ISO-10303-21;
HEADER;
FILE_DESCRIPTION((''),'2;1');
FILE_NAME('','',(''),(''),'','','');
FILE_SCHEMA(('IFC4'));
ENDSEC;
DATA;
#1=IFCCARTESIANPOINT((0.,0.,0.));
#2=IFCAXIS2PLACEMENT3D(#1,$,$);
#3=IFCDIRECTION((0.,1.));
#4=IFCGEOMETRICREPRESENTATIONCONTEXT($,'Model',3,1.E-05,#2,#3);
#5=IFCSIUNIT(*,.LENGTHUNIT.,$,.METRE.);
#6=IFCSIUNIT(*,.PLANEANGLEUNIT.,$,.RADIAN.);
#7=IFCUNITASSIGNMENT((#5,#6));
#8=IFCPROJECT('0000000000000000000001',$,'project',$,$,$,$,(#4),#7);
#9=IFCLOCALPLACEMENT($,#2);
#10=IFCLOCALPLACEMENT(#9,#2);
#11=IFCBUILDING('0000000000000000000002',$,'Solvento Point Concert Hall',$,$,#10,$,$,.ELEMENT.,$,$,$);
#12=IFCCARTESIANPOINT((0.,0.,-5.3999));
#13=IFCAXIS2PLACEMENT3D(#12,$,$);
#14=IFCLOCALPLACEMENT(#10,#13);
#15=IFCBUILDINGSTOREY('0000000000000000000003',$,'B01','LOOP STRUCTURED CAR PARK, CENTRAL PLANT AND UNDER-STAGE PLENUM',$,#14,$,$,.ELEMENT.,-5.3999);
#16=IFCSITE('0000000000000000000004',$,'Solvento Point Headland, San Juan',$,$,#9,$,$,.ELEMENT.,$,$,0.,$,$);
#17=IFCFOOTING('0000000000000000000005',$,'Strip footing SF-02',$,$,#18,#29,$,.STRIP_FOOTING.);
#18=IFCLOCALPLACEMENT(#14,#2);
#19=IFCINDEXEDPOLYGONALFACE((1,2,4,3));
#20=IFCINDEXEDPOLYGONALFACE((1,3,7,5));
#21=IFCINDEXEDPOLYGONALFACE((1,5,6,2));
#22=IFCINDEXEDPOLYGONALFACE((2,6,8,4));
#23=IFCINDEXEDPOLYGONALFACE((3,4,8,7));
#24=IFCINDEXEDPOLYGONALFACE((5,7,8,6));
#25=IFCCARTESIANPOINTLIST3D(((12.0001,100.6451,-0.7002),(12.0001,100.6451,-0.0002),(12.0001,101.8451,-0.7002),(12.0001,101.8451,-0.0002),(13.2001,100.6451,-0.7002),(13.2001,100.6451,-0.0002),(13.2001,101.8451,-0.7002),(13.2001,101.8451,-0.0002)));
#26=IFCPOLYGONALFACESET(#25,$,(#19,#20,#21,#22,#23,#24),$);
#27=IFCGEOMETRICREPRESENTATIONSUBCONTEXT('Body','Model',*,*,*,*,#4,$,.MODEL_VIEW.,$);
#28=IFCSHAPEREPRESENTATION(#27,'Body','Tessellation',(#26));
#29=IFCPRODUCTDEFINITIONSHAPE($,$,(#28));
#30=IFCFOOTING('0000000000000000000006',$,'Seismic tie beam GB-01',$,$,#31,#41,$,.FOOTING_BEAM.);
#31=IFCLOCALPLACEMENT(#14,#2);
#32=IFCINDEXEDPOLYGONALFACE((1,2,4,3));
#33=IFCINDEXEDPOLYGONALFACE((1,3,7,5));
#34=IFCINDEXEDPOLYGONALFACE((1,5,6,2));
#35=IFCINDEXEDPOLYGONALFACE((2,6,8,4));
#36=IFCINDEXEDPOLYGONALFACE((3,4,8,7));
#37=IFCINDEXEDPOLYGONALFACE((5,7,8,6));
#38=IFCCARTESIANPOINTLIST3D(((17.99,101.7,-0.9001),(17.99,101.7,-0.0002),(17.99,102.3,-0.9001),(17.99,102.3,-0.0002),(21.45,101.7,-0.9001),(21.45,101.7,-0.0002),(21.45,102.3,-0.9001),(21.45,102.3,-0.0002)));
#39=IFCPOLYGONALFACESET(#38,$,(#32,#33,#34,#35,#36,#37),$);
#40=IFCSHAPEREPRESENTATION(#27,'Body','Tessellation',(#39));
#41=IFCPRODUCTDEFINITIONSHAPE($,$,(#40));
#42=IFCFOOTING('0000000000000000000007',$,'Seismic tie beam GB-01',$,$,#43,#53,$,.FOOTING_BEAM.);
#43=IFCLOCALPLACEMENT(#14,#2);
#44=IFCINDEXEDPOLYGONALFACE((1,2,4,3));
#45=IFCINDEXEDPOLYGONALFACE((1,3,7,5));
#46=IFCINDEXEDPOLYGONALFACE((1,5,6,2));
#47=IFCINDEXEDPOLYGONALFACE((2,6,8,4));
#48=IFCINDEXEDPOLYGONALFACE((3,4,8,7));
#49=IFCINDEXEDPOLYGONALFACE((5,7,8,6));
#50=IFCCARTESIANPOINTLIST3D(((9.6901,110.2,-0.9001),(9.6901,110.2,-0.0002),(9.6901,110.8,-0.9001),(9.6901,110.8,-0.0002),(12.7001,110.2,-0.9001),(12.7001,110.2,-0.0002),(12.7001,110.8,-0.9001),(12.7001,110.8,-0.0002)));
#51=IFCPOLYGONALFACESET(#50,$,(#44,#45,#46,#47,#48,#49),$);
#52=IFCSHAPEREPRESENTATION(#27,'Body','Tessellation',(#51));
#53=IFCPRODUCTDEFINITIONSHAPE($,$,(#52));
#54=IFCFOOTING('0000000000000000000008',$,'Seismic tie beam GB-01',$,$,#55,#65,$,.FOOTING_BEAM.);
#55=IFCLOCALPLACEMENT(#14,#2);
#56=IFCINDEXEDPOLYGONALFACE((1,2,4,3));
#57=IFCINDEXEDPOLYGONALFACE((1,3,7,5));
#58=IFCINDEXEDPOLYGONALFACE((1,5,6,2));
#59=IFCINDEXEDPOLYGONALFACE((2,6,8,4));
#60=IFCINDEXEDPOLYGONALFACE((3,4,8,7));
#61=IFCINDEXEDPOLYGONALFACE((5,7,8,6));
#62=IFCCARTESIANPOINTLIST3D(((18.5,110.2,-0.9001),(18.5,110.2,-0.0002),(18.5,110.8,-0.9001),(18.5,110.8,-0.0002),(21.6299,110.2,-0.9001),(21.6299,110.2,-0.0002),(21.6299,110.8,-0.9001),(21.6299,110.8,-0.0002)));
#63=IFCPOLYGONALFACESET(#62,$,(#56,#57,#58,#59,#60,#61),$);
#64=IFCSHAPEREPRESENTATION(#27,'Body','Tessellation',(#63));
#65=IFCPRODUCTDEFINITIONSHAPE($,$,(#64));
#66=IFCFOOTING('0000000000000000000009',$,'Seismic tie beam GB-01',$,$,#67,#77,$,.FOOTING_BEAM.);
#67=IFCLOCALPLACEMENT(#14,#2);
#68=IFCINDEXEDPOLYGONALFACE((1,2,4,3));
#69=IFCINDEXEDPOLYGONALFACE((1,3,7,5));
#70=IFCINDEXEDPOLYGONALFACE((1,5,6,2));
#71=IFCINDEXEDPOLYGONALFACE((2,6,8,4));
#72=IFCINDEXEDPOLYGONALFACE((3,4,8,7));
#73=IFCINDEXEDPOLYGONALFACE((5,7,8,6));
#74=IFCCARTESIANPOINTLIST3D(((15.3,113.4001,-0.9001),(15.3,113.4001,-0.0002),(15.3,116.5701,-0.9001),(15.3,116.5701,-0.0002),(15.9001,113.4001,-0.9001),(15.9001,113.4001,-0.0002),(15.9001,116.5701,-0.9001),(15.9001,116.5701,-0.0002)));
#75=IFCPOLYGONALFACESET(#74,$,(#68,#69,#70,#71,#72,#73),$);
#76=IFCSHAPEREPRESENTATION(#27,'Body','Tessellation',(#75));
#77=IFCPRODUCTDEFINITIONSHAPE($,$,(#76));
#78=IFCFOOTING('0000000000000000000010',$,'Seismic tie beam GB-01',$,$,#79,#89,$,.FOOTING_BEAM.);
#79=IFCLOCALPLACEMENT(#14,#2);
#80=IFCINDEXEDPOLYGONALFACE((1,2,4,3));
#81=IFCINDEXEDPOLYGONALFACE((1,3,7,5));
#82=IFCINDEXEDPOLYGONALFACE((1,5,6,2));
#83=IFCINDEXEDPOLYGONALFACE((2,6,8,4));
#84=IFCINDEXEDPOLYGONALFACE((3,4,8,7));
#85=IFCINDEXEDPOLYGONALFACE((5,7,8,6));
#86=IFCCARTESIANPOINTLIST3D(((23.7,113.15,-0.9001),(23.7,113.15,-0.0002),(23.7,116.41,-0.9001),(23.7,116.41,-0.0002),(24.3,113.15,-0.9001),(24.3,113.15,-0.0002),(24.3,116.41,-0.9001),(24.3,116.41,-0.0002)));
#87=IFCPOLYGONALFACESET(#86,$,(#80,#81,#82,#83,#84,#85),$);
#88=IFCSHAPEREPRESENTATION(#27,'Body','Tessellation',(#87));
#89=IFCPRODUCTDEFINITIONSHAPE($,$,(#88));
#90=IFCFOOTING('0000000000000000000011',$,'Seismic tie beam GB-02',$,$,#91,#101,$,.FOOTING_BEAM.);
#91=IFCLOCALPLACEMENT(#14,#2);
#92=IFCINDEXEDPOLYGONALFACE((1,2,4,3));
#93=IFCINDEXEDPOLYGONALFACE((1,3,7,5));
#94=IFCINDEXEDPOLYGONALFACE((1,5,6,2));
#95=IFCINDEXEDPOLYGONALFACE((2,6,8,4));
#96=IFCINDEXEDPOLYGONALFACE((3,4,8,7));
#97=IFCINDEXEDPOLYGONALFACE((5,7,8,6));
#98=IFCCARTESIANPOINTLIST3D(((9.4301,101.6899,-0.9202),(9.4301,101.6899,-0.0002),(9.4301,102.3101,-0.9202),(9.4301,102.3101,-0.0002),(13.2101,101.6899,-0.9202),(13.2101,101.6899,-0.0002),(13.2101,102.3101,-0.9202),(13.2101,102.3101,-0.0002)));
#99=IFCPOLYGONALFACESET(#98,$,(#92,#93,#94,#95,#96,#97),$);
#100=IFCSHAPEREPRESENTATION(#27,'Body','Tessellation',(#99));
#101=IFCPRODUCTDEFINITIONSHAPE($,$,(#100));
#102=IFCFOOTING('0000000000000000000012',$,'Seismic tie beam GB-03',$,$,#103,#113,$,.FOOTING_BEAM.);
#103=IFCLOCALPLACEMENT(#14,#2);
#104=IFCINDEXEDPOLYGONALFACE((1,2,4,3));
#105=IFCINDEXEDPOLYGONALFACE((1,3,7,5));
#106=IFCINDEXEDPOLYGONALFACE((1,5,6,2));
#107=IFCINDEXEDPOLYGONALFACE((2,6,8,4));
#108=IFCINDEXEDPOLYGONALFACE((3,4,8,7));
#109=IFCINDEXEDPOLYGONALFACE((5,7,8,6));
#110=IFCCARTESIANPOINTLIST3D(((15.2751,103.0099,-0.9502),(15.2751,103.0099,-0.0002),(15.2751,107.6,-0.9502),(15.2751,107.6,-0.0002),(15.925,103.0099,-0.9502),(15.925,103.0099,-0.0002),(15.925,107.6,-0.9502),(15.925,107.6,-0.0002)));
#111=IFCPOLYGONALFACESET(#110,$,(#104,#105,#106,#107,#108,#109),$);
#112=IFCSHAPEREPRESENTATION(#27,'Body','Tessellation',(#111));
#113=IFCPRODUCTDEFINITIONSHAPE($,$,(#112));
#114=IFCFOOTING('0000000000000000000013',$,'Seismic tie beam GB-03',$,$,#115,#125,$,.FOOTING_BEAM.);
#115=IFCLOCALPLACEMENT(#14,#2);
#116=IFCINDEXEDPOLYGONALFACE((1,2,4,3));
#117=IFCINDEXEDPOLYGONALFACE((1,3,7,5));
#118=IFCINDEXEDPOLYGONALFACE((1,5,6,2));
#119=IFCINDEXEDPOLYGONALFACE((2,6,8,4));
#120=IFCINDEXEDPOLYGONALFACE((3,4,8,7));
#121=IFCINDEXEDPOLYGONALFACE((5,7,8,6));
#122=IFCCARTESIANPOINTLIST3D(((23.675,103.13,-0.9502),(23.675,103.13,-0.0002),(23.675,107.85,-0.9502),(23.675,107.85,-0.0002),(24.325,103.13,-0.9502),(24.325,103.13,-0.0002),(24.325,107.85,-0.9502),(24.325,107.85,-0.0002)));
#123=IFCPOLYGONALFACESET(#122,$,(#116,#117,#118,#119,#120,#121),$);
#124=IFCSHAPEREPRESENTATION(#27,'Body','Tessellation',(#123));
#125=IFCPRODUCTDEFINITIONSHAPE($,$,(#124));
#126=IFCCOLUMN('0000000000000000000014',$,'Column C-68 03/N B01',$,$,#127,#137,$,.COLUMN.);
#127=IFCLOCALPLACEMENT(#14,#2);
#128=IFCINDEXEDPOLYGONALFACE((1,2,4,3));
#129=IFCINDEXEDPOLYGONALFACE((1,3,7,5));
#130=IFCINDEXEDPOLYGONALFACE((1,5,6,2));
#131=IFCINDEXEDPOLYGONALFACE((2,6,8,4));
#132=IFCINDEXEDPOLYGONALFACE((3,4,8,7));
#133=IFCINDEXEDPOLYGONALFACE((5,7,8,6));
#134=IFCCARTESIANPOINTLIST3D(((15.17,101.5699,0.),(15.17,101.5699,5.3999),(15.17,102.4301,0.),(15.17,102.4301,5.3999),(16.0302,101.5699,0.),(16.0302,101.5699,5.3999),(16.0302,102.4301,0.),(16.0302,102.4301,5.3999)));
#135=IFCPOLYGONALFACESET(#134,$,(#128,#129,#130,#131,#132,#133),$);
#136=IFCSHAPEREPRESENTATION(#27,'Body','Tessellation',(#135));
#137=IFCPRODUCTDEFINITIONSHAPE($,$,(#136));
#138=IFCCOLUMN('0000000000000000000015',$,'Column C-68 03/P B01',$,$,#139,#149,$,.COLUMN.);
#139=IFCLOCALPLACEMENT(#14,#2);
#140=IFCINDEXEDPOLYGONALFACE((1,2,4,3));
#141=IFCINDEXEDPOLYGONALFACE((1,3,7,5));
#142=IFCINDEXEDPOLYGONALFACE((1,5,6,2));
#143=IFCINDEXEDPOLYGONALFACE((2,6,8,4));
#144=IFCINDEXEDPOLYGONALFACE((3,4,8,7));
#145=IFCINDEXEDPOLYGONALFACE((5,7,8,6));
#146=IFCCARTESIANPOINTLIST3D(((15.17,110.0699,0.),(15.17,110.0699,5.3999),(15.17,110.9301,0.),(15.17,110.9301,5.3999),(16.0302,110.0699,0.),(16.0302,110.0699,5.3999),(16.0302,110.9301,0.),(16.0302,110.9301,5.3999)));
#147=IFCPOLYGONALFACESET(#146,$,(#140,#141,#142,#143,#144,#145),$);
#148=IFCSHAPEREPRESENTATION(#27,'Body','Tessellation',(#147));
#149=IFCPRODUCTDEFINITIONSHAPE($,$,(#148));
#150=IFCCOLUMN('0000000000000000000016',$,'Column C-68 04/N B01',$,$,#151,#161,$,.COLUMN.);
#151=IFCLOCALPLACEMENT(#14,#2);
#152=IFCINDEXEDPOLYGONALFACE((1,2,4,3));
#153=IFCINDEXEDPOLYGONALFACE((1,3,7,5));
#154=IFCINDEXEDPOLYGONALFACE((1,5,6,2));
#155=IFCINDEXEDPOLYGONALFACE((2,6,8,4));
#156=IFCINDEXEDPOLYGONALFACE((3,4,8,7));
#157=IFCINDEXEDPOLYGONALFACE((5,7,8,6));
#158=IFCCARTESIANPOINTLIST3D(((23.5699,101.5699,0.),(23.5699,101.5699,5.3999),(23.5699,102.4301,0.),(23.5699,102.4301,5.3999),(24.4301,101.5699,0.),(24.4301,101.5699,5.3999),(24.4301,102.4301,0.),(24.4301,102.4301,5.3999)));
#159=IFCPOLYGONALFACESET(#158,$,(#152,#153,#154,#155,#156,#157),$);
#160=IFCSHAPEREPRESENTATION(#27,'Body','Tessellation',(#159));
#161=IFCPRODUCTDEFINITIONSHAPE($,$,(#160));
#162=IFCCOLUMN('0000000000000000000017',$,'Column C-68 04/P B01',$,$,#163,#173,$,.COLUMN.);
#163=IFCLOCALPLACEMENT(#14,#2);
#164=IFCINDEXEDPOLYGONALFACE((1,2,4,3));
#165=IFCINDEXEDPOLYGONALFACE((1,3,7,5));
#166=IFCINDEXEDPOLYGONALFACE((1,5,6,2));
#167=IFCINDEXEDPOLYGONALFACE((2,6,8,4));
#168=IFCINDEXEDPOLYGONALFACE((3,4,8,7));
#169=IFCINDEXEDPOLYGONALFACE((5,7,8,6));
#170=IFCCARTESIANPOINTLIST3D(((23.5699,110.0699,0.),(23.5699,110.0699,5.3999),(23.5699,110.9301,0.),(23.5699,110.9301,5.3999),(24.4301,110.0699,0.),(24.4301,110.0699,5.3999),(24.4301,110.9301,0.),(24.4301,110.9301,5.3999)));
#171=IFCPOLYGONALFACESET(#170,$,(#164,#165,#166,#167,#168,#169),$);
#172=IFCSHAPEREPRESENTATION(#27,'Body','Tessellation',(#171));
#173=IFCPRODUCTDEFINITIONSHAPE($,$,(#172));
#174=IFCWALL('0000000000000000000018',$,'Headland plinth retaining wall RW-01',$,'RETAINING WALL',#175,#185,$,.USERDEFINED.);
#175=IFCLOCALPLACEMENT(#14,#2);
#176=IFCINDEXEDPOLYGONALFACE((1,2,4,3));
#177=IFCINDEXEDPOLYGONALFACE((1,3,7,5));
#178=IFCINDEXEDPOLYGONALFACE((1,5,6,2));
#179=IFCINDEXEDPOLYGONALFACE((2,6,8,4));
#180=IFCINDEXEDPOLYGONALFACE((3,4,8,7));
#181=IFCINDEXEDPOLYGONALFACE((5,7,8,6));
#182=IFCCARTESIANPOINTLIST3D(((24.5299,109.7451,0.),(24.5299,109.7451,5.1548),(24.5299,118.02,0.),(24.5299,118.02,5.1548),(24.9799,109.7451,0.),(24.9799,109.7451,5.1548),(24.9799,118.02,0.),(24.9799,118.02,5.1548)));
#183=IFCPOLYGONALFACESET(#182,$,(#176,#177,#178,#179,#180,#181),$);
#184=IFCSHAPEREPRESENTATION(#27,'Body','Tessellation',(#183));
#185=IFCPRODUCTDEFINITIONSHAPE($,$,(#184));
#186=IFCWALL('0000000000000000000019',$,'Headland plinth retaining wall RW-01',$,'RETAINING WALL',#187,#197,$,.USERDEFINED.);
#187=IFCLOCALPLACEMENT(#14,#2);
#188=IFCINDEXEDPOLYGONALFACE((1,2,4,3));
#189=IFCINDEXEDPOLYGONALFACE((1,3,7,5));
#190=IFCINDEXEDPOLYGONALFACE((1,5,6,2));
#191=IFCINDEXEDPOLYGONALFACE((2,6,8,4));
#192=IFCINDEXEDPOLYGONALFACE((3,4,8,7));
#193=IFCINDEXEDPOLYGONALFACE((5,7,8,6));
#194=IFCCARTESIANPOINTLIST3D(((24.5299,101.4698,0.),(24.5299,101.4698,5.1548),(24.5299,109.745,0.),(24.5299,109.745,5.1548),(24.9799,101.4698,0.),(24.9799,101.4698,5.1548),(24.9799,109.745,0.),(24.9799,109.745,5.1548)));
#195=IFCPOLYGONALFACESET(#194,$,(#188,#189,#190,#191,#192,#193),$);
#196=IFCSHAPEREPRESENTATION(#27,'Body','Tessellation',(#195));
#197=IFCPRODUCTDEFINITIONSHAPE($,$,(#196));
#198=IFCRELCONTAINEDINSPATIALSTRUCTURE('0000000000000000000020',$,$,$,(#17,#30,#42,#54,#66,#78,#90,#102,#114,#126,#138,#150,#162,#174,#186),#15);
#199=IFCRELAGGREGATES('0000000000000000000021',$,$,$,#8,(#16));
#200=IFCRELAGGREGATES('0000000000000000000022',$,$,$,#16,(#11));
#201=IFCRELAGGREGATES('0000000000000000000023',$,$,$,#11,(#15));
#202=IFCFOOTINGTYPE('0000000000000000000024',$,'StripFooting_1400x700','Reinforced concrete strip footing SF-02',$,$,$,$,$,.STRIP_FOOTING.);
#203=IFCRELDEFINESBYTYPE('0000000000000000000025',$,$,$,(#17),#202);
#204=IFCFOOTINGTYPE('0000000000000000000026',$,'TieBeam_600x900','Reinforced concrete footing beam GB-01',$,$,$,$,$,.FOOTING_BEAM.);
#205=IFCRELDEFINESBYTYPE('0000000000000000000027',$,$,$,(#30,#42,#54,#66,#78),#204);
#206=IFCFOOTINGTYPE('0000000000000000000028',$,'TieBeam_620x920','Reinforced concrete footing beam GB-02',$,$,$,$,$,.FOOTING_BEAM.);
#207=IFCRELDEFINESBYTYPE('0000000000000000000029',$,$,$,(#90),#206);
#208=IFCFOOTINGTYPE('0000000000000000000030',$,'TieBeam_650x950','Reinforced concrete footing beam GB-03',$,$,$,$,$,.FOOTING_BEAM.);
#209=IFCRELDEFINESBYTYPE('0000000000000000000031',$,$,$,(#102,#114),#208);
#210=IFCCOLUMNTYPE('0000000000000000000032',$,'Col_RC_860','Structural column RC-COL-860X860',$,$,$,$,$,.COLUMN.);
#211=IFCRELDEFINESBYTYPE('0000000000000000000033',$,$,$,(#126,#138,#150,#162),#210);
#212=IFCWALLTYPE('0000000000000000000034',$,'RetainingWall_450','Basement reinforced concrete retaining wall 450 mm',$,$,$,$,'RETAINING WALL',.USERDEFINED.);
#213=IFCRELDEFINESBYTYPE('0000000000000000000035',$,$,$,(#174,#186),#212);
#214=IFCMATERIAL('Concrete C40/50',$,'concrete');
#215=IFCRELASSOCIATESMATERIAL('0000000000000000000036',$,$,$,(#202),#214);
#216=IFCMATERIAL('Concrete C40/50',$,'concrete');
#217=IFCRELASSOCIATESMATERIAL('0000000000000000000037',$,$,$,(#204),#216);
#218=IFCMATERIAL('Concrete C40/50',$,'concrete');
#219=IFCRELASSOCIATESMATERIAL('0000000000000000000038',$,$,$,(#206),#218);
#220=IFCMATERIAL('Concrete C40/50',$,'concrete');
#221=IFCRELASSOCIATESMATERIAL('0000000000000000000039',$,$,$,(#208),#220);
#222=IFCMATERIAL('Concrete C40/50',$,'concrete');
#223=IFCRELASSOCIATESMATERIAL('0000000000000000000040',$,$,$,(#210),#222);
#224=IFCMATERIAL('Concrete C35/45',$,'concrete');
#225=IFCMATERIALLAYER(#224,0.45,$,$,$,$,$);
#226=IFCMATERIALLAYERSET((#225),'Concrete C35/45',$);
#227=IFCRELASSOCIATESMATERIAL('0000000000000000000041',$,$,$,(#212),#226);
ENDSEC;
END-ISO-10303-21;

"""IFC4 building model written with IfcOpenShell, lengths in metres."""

from ifc_helpers import new_model, si_unit, direction, frame, frame_2d, origin, origin_2d, place, context, subcontext, project, spatial, rectangle, extrude, material, layer, layer_set, material_profile, profile_set, type_object, element, save


model = new_model("IFC4")

# Units and contexts
model_context = context("Model", 3, precision=1e-05, world=origin(), true_north=direction((0.0, 1.0)))
body_context = subcontext(model_context, "Body", "Model", "MODEL_VIEW")
ifc_project = project(units=[si_unit("LENGTHUNIT", "METRE"), si_unit("PLANEANGLEUNIT", "RADIAN")], contexts=[model_context])

# Site, building, storey
site_placement = place(None, origin())
site = spatial("IfcSite", under=ifc_project, at=site_placement, Name="Solvento Point Headland, San Juan", CompositionType="ELEMENT", RefElevation=0.0)
building_placement = place(site_placement, origin())
building = spatial("IfcBuilding", under=site, at=building_placement, Name="Solvento Point Concert Hall", CompositionType="ELEMENT")
storey_placement = place(building_placement, frame((0.0, 0.0, -5.3999)))
storey = spatial("IfcBuildingStorey", under=building, at=storey_placement, Name="B01", Description="LOOP STRUCTURED CAR PARK, CENTRAL PLANT AND UNDER-STAGE PLENUM", CompositionType="ELEMENT", Elevation=-5.3999)

# Footings
ifc_material_1 = material(Name="Concrete C40/50", Category="concrete")
footing_type_1 = type_object("IfcFootingType", Name="StripFooting_1400x700", Description="Reinforced concrete strip footing SF-02", PredefinedType="STRIP_FOOTING", material=ifc_material_1)
footing_1_placement = place(storey_placement, frame((12.6001, 101.2451, -0.7002), z_axis=(0.0, 0.0, 1.0), x_axis=(-1.0, 0.0, 0.0)))
element("IfcFooting", 1, at=footing_1_placement, inside=storey, type_object=footing_type_1, Name="Strip footing SF-02", PredefinedType="STRIP_FOOTING", context=body_context, shape_type="SweptSolid", body=[
    extrude(rectangle(XDim=1.2, YDim=1.2, at=origin_2d()), origin(), (0.0, 0.0, 1.0), 0.7),
])
ifc_material_2 = material(Name="Concrete C40/50", Category="concrete")
footing_type_2 = type_object("IfcFootingType", Name="TieBeam_600x900", Description="Reinforced concrete footing beam GB-01", PredefinedType="FOOTING_BEAM", material=ifc_material_2)
footing_2_placement = place(storey_placement, frame((19.72, 102.0, -0.9001), z_axis=(0.0, 0.0, 1.0), x_axis=(1.0, 0.0, 0.0)))
element("IfcFooting", 2, at=footing_2_placement, inside=storey, type_object=footing_type_2, Name="Seismic tie beam GB-01", PredefinedType="FOOTING_BEAM", context=body_context, shape_type="SweptSolid", body=[
    extrude(rectangle(XDim=3.46, YDim=0.6001, at=origin_2d()), origin(), (0.0, 0.0, 1.0), 0.8999),
])
footing_3_placement = place(storey_placement, frame((11.1951, 110.5, -0.9001), z_axis=(0.0, 0.0, 1.0), x_axis=(1.0, 0.0, 0.0)))
element("IfcFooting", 3, at=footing_3_placement, inside=storey, type_object=footing_type_2, Name="Seismic tie beam GB-01", PredefinedType="FOOTING_BEAM", context=body_context, shape_type="SweptSolid", body=[
    extrude(rectangle(XDim=3.01, YDim=0.6001, at=origin_2d()), origin(), (0.0, 0.0, 1.0), 0.8999),
])
footing_4_placement = place(storey_placement, frame((20.0649, 110.5, -0.9001), z_axis=(0.0, 0.0, 1.0), x_axis=(1.0, 0.0, 0.0)))
element("IfcFooting", 4, at=footing_4_placement, inside=storey, type_object=footing_type_2, Name="Seismic tie beam GB-01", PredefinedType="FOOTING_BEAM", context=body_context, shape_type="SweptSolid", body=[
    extrude(rectangle(XDim=3.1299, YDim=0.6001, at=origin_2d()), origin(), (0.0, 0.0, 1.0), 0.8999),
])
footing_5_placement = place(storey_placement, frame((15.6001, 114.9851, -0.9001), z_axis=(0.0, 0.0, 1.0), x_axis=(0.0, 1.0, 0.0)))
element("IfcFooting", 5, at=footing_5_placement, inside=storey, type_object=footing_type_2, Name="Seismic tie beam GB-01", PredefinedType="FOOTING_BEAM", context=body_context, shape_type="SweptSolid", body=[
    extrude(rectangle(XDim=3.1699, YDim=0.6001, at=origin_2d()), origin(), (0.0, 0.0, 1.0), 0.8999),
])
footing_6_placement = place(storey_placement, frame((24.0, 114.78, -0.9001), z_axis=(0.0, 0.0, 1.0), x_axis=(0.0, 1.0, 0.0)))
element("IfcFooting", 6, at=footing_6_placement, inside=storey, type_object=footing_type_2, Name="Seismic tie beam GB-01", PredefinedType="FOOTING_BEAM", context=body_context, shape_type="SweptSolid", body=[
    extrude(rectangle(XDim=3.26, YDim=0.6001, at=origin_2d()), origin(), (0.0, 0.0, 1.0), 0.8999),
])
ifc_material_3 = material(Name="Concrete C40/50", Category="concrete")
footing_type_3 = type_object("IfcFootingType", Name="TieBeam_620x920", Description="Reinforced concrete footing beam GB-02", PredefinedType="FOOTING_BEAM", material=ifc_material_3)
footing_7_placement = place(storey_placement, frame((11.3201, 102.0, -0.9202), z_axis=(0.0, 0.0, 1.0), x_axis=(1.0, 0.0, 0.0)))
element("IfcFooting", 7, at=footing_7_placement, inside=storey, type_object=footing_type_3, Name="Seismic tie beam GB-02", PredefinedType="FOOTING_BEAM", context=body_context, shape_type="SweptSolid", body=[
    extrude(rectangle(XDim=3.78, YDim=0.6201, at=origin_2d()), origin(), (0.0, 0.0, 1.0), 0.9199),
])
ifc_material_4 = material(Name="Concrete C40/50", Category="concrete")
footing_type_4 = type_object("IfcFootingType", Name="TieBeam_650x950", Description="Reinforced concrete footing beam GB-03", PredefinedType="FOOTING_BEAM", material=ifc_material_4)
footing_8_placement = place(storey_placement, frame((15.6001, 105.3049, -0.9502), z_axis=(0.0, 0.0, 1.0), x_axis=(0.0, 1.0, 0.0)))
element("IfcFooting", 8, at=footing_8_placement, inside=storey, type_object=footing_type_4, Name="Seismic tie beam GB-03", PredefinedType="FOOTING_BEAM", context=body_context, shape_type="SweptSolid", body=[
    extrude(rectangle(XDim=4.5901, YDim=0.6499, at=origin_2d()), origin(), (0.0, 0.0, 1.0), 0.95),
])
footing_9_placement = place(storey_placement, frame((24.0, 105.49, -0.9502), z_axis=(0.0, 0.0, 1.0), x_axis=(0.0, 1.0, 0.0)))
element("IfcFooting", 9, at=footing_9_placement, inside=storey, type_object=footing_type_4, Name="Seismic tie beam GB-03", PredefinedType="FOOTING_BEAM", context=body_context, shape_type="SweptSolid", body=[
    extrude(rectangle(XDim=4.72, YDim=0.6499, at=origin_2d()), origin(), (0.0, 0.0, 1.0), 0.95),
])

# Columns
ifc_material_5 = material(Name="Concrete C40/50", Category="concrete")
ifc_material_profile_1 = material_profile(ifc_material_5, rectangle(XDim=0.8601, YDim=0.8601, at=origin_2d()), Name="RC-COL-860X860")
ifc_profile_set_1 = profile_set([ifc_material_profile_1], Name="Concrete C40/50")
column_type = type_object("IfcColumnType", Name="Col_RC_860", Description="Structural column RC-COL-860X860", PredefinedType="COLUMN", material=ifc_profile_set_1)
for number, where, z_axis, x_axis, name in (
    (10, (15.6001, 102.0, 0.0), (0.0, 0.0, 1.0), (1.0, 0.0, 0.0), "Column C-68 03/N B01"),
    (11, (15.6001, 110.5, 0.0), (0.0, 0.0, 1.0), (1.0, 0.0, 0.0), "Column C-68 03/P B01"),
    (12, (24.0, 102.0, 0.0), (0.0, 0.0, 1.0), (1.0, 0.0, 0.0), "Column C-68 04/N B01"),
    (13, (24.0, 110.5, 0.0), (0.0, 0.0, 1.0), (1.0, 0.0, 0.0), "Column C-68 04/P B01"),
):
    element("IfcColumn", number, at=place(storey_placement, frame(where, z_axis=z_axis, x_axis=x_axis)), inside=storey, type_object=column_type, Name=name, PredefinedType="COLUMN", context=body_context, shape_type="SweptSolid", body=[
        extrude(rectangle(XDim=0.8601, YDim=0.8601, at=origin_2d()), origin(), (0.0, 0.0, 1.0), 5.3999),
    ])

# Walls
ifc_material_6 = material(Name="Concrete C35/45", Category="concrete")
ifc_layer = layer(ifc_material_6, 0.45)
ifc_layer_set = layer_set([ifc_layer], Name="Concrete C35/45")
wall_type = type_object("IfcWallType", Name="RetainingWall_450", Description="Basement reinforced concrete retaining wall 450 mm", ElementType="RETAINING WALL", PredefinedType="USERDEFINED", material=ifc_layer_set)
wall_1_placement = place(storey_placement, frame((24.7549, 118.02, 0.0), z_axis=(0.0, 0.0, 1.0), x_axis=(0.0, -1.0, 0.0)))
element("IfcWall", 14, at=wall_1_placement, inside=storey, type_object=wall_type, Name="Headland plinth retaining wall RW-01", ObjectType="RETAINING WALL", PredefinedType="USERDEFINED", context=body_context, shape_type="SweptSolid", body=[
    extrude(rectangle(XDim=8.2749, YDim=0.45, at=frame_2d((4.1375, 0.0))), origin(), (0.0, 0.0, 1.0), 5.1548),
])
wall_2_placement = place(storey_placement, frame((24.7549, 109.7451, 0.0), z_axis=(0.0, 0.0, 1.0), x_axis=(0.0, -1.0, 0.0)))
element("IfcWall", 15, at=wall_2_placement, inside=storey, type_object=wall_type, Name="Headland plinth retaining wall RW-01", ObjectType="RETAINING WALL", PredefinedType="USERDEFINED", context=body_context, shape_type="SweptSolid", body=[
    extrude(rectangle(XDim=8.2751, YDim=0.45, at=frame_2d((4.1377, 0.0))), origin(), (0.0, 0.0, 1.0), 5.1548),
])

save(model, "model.ifc")
